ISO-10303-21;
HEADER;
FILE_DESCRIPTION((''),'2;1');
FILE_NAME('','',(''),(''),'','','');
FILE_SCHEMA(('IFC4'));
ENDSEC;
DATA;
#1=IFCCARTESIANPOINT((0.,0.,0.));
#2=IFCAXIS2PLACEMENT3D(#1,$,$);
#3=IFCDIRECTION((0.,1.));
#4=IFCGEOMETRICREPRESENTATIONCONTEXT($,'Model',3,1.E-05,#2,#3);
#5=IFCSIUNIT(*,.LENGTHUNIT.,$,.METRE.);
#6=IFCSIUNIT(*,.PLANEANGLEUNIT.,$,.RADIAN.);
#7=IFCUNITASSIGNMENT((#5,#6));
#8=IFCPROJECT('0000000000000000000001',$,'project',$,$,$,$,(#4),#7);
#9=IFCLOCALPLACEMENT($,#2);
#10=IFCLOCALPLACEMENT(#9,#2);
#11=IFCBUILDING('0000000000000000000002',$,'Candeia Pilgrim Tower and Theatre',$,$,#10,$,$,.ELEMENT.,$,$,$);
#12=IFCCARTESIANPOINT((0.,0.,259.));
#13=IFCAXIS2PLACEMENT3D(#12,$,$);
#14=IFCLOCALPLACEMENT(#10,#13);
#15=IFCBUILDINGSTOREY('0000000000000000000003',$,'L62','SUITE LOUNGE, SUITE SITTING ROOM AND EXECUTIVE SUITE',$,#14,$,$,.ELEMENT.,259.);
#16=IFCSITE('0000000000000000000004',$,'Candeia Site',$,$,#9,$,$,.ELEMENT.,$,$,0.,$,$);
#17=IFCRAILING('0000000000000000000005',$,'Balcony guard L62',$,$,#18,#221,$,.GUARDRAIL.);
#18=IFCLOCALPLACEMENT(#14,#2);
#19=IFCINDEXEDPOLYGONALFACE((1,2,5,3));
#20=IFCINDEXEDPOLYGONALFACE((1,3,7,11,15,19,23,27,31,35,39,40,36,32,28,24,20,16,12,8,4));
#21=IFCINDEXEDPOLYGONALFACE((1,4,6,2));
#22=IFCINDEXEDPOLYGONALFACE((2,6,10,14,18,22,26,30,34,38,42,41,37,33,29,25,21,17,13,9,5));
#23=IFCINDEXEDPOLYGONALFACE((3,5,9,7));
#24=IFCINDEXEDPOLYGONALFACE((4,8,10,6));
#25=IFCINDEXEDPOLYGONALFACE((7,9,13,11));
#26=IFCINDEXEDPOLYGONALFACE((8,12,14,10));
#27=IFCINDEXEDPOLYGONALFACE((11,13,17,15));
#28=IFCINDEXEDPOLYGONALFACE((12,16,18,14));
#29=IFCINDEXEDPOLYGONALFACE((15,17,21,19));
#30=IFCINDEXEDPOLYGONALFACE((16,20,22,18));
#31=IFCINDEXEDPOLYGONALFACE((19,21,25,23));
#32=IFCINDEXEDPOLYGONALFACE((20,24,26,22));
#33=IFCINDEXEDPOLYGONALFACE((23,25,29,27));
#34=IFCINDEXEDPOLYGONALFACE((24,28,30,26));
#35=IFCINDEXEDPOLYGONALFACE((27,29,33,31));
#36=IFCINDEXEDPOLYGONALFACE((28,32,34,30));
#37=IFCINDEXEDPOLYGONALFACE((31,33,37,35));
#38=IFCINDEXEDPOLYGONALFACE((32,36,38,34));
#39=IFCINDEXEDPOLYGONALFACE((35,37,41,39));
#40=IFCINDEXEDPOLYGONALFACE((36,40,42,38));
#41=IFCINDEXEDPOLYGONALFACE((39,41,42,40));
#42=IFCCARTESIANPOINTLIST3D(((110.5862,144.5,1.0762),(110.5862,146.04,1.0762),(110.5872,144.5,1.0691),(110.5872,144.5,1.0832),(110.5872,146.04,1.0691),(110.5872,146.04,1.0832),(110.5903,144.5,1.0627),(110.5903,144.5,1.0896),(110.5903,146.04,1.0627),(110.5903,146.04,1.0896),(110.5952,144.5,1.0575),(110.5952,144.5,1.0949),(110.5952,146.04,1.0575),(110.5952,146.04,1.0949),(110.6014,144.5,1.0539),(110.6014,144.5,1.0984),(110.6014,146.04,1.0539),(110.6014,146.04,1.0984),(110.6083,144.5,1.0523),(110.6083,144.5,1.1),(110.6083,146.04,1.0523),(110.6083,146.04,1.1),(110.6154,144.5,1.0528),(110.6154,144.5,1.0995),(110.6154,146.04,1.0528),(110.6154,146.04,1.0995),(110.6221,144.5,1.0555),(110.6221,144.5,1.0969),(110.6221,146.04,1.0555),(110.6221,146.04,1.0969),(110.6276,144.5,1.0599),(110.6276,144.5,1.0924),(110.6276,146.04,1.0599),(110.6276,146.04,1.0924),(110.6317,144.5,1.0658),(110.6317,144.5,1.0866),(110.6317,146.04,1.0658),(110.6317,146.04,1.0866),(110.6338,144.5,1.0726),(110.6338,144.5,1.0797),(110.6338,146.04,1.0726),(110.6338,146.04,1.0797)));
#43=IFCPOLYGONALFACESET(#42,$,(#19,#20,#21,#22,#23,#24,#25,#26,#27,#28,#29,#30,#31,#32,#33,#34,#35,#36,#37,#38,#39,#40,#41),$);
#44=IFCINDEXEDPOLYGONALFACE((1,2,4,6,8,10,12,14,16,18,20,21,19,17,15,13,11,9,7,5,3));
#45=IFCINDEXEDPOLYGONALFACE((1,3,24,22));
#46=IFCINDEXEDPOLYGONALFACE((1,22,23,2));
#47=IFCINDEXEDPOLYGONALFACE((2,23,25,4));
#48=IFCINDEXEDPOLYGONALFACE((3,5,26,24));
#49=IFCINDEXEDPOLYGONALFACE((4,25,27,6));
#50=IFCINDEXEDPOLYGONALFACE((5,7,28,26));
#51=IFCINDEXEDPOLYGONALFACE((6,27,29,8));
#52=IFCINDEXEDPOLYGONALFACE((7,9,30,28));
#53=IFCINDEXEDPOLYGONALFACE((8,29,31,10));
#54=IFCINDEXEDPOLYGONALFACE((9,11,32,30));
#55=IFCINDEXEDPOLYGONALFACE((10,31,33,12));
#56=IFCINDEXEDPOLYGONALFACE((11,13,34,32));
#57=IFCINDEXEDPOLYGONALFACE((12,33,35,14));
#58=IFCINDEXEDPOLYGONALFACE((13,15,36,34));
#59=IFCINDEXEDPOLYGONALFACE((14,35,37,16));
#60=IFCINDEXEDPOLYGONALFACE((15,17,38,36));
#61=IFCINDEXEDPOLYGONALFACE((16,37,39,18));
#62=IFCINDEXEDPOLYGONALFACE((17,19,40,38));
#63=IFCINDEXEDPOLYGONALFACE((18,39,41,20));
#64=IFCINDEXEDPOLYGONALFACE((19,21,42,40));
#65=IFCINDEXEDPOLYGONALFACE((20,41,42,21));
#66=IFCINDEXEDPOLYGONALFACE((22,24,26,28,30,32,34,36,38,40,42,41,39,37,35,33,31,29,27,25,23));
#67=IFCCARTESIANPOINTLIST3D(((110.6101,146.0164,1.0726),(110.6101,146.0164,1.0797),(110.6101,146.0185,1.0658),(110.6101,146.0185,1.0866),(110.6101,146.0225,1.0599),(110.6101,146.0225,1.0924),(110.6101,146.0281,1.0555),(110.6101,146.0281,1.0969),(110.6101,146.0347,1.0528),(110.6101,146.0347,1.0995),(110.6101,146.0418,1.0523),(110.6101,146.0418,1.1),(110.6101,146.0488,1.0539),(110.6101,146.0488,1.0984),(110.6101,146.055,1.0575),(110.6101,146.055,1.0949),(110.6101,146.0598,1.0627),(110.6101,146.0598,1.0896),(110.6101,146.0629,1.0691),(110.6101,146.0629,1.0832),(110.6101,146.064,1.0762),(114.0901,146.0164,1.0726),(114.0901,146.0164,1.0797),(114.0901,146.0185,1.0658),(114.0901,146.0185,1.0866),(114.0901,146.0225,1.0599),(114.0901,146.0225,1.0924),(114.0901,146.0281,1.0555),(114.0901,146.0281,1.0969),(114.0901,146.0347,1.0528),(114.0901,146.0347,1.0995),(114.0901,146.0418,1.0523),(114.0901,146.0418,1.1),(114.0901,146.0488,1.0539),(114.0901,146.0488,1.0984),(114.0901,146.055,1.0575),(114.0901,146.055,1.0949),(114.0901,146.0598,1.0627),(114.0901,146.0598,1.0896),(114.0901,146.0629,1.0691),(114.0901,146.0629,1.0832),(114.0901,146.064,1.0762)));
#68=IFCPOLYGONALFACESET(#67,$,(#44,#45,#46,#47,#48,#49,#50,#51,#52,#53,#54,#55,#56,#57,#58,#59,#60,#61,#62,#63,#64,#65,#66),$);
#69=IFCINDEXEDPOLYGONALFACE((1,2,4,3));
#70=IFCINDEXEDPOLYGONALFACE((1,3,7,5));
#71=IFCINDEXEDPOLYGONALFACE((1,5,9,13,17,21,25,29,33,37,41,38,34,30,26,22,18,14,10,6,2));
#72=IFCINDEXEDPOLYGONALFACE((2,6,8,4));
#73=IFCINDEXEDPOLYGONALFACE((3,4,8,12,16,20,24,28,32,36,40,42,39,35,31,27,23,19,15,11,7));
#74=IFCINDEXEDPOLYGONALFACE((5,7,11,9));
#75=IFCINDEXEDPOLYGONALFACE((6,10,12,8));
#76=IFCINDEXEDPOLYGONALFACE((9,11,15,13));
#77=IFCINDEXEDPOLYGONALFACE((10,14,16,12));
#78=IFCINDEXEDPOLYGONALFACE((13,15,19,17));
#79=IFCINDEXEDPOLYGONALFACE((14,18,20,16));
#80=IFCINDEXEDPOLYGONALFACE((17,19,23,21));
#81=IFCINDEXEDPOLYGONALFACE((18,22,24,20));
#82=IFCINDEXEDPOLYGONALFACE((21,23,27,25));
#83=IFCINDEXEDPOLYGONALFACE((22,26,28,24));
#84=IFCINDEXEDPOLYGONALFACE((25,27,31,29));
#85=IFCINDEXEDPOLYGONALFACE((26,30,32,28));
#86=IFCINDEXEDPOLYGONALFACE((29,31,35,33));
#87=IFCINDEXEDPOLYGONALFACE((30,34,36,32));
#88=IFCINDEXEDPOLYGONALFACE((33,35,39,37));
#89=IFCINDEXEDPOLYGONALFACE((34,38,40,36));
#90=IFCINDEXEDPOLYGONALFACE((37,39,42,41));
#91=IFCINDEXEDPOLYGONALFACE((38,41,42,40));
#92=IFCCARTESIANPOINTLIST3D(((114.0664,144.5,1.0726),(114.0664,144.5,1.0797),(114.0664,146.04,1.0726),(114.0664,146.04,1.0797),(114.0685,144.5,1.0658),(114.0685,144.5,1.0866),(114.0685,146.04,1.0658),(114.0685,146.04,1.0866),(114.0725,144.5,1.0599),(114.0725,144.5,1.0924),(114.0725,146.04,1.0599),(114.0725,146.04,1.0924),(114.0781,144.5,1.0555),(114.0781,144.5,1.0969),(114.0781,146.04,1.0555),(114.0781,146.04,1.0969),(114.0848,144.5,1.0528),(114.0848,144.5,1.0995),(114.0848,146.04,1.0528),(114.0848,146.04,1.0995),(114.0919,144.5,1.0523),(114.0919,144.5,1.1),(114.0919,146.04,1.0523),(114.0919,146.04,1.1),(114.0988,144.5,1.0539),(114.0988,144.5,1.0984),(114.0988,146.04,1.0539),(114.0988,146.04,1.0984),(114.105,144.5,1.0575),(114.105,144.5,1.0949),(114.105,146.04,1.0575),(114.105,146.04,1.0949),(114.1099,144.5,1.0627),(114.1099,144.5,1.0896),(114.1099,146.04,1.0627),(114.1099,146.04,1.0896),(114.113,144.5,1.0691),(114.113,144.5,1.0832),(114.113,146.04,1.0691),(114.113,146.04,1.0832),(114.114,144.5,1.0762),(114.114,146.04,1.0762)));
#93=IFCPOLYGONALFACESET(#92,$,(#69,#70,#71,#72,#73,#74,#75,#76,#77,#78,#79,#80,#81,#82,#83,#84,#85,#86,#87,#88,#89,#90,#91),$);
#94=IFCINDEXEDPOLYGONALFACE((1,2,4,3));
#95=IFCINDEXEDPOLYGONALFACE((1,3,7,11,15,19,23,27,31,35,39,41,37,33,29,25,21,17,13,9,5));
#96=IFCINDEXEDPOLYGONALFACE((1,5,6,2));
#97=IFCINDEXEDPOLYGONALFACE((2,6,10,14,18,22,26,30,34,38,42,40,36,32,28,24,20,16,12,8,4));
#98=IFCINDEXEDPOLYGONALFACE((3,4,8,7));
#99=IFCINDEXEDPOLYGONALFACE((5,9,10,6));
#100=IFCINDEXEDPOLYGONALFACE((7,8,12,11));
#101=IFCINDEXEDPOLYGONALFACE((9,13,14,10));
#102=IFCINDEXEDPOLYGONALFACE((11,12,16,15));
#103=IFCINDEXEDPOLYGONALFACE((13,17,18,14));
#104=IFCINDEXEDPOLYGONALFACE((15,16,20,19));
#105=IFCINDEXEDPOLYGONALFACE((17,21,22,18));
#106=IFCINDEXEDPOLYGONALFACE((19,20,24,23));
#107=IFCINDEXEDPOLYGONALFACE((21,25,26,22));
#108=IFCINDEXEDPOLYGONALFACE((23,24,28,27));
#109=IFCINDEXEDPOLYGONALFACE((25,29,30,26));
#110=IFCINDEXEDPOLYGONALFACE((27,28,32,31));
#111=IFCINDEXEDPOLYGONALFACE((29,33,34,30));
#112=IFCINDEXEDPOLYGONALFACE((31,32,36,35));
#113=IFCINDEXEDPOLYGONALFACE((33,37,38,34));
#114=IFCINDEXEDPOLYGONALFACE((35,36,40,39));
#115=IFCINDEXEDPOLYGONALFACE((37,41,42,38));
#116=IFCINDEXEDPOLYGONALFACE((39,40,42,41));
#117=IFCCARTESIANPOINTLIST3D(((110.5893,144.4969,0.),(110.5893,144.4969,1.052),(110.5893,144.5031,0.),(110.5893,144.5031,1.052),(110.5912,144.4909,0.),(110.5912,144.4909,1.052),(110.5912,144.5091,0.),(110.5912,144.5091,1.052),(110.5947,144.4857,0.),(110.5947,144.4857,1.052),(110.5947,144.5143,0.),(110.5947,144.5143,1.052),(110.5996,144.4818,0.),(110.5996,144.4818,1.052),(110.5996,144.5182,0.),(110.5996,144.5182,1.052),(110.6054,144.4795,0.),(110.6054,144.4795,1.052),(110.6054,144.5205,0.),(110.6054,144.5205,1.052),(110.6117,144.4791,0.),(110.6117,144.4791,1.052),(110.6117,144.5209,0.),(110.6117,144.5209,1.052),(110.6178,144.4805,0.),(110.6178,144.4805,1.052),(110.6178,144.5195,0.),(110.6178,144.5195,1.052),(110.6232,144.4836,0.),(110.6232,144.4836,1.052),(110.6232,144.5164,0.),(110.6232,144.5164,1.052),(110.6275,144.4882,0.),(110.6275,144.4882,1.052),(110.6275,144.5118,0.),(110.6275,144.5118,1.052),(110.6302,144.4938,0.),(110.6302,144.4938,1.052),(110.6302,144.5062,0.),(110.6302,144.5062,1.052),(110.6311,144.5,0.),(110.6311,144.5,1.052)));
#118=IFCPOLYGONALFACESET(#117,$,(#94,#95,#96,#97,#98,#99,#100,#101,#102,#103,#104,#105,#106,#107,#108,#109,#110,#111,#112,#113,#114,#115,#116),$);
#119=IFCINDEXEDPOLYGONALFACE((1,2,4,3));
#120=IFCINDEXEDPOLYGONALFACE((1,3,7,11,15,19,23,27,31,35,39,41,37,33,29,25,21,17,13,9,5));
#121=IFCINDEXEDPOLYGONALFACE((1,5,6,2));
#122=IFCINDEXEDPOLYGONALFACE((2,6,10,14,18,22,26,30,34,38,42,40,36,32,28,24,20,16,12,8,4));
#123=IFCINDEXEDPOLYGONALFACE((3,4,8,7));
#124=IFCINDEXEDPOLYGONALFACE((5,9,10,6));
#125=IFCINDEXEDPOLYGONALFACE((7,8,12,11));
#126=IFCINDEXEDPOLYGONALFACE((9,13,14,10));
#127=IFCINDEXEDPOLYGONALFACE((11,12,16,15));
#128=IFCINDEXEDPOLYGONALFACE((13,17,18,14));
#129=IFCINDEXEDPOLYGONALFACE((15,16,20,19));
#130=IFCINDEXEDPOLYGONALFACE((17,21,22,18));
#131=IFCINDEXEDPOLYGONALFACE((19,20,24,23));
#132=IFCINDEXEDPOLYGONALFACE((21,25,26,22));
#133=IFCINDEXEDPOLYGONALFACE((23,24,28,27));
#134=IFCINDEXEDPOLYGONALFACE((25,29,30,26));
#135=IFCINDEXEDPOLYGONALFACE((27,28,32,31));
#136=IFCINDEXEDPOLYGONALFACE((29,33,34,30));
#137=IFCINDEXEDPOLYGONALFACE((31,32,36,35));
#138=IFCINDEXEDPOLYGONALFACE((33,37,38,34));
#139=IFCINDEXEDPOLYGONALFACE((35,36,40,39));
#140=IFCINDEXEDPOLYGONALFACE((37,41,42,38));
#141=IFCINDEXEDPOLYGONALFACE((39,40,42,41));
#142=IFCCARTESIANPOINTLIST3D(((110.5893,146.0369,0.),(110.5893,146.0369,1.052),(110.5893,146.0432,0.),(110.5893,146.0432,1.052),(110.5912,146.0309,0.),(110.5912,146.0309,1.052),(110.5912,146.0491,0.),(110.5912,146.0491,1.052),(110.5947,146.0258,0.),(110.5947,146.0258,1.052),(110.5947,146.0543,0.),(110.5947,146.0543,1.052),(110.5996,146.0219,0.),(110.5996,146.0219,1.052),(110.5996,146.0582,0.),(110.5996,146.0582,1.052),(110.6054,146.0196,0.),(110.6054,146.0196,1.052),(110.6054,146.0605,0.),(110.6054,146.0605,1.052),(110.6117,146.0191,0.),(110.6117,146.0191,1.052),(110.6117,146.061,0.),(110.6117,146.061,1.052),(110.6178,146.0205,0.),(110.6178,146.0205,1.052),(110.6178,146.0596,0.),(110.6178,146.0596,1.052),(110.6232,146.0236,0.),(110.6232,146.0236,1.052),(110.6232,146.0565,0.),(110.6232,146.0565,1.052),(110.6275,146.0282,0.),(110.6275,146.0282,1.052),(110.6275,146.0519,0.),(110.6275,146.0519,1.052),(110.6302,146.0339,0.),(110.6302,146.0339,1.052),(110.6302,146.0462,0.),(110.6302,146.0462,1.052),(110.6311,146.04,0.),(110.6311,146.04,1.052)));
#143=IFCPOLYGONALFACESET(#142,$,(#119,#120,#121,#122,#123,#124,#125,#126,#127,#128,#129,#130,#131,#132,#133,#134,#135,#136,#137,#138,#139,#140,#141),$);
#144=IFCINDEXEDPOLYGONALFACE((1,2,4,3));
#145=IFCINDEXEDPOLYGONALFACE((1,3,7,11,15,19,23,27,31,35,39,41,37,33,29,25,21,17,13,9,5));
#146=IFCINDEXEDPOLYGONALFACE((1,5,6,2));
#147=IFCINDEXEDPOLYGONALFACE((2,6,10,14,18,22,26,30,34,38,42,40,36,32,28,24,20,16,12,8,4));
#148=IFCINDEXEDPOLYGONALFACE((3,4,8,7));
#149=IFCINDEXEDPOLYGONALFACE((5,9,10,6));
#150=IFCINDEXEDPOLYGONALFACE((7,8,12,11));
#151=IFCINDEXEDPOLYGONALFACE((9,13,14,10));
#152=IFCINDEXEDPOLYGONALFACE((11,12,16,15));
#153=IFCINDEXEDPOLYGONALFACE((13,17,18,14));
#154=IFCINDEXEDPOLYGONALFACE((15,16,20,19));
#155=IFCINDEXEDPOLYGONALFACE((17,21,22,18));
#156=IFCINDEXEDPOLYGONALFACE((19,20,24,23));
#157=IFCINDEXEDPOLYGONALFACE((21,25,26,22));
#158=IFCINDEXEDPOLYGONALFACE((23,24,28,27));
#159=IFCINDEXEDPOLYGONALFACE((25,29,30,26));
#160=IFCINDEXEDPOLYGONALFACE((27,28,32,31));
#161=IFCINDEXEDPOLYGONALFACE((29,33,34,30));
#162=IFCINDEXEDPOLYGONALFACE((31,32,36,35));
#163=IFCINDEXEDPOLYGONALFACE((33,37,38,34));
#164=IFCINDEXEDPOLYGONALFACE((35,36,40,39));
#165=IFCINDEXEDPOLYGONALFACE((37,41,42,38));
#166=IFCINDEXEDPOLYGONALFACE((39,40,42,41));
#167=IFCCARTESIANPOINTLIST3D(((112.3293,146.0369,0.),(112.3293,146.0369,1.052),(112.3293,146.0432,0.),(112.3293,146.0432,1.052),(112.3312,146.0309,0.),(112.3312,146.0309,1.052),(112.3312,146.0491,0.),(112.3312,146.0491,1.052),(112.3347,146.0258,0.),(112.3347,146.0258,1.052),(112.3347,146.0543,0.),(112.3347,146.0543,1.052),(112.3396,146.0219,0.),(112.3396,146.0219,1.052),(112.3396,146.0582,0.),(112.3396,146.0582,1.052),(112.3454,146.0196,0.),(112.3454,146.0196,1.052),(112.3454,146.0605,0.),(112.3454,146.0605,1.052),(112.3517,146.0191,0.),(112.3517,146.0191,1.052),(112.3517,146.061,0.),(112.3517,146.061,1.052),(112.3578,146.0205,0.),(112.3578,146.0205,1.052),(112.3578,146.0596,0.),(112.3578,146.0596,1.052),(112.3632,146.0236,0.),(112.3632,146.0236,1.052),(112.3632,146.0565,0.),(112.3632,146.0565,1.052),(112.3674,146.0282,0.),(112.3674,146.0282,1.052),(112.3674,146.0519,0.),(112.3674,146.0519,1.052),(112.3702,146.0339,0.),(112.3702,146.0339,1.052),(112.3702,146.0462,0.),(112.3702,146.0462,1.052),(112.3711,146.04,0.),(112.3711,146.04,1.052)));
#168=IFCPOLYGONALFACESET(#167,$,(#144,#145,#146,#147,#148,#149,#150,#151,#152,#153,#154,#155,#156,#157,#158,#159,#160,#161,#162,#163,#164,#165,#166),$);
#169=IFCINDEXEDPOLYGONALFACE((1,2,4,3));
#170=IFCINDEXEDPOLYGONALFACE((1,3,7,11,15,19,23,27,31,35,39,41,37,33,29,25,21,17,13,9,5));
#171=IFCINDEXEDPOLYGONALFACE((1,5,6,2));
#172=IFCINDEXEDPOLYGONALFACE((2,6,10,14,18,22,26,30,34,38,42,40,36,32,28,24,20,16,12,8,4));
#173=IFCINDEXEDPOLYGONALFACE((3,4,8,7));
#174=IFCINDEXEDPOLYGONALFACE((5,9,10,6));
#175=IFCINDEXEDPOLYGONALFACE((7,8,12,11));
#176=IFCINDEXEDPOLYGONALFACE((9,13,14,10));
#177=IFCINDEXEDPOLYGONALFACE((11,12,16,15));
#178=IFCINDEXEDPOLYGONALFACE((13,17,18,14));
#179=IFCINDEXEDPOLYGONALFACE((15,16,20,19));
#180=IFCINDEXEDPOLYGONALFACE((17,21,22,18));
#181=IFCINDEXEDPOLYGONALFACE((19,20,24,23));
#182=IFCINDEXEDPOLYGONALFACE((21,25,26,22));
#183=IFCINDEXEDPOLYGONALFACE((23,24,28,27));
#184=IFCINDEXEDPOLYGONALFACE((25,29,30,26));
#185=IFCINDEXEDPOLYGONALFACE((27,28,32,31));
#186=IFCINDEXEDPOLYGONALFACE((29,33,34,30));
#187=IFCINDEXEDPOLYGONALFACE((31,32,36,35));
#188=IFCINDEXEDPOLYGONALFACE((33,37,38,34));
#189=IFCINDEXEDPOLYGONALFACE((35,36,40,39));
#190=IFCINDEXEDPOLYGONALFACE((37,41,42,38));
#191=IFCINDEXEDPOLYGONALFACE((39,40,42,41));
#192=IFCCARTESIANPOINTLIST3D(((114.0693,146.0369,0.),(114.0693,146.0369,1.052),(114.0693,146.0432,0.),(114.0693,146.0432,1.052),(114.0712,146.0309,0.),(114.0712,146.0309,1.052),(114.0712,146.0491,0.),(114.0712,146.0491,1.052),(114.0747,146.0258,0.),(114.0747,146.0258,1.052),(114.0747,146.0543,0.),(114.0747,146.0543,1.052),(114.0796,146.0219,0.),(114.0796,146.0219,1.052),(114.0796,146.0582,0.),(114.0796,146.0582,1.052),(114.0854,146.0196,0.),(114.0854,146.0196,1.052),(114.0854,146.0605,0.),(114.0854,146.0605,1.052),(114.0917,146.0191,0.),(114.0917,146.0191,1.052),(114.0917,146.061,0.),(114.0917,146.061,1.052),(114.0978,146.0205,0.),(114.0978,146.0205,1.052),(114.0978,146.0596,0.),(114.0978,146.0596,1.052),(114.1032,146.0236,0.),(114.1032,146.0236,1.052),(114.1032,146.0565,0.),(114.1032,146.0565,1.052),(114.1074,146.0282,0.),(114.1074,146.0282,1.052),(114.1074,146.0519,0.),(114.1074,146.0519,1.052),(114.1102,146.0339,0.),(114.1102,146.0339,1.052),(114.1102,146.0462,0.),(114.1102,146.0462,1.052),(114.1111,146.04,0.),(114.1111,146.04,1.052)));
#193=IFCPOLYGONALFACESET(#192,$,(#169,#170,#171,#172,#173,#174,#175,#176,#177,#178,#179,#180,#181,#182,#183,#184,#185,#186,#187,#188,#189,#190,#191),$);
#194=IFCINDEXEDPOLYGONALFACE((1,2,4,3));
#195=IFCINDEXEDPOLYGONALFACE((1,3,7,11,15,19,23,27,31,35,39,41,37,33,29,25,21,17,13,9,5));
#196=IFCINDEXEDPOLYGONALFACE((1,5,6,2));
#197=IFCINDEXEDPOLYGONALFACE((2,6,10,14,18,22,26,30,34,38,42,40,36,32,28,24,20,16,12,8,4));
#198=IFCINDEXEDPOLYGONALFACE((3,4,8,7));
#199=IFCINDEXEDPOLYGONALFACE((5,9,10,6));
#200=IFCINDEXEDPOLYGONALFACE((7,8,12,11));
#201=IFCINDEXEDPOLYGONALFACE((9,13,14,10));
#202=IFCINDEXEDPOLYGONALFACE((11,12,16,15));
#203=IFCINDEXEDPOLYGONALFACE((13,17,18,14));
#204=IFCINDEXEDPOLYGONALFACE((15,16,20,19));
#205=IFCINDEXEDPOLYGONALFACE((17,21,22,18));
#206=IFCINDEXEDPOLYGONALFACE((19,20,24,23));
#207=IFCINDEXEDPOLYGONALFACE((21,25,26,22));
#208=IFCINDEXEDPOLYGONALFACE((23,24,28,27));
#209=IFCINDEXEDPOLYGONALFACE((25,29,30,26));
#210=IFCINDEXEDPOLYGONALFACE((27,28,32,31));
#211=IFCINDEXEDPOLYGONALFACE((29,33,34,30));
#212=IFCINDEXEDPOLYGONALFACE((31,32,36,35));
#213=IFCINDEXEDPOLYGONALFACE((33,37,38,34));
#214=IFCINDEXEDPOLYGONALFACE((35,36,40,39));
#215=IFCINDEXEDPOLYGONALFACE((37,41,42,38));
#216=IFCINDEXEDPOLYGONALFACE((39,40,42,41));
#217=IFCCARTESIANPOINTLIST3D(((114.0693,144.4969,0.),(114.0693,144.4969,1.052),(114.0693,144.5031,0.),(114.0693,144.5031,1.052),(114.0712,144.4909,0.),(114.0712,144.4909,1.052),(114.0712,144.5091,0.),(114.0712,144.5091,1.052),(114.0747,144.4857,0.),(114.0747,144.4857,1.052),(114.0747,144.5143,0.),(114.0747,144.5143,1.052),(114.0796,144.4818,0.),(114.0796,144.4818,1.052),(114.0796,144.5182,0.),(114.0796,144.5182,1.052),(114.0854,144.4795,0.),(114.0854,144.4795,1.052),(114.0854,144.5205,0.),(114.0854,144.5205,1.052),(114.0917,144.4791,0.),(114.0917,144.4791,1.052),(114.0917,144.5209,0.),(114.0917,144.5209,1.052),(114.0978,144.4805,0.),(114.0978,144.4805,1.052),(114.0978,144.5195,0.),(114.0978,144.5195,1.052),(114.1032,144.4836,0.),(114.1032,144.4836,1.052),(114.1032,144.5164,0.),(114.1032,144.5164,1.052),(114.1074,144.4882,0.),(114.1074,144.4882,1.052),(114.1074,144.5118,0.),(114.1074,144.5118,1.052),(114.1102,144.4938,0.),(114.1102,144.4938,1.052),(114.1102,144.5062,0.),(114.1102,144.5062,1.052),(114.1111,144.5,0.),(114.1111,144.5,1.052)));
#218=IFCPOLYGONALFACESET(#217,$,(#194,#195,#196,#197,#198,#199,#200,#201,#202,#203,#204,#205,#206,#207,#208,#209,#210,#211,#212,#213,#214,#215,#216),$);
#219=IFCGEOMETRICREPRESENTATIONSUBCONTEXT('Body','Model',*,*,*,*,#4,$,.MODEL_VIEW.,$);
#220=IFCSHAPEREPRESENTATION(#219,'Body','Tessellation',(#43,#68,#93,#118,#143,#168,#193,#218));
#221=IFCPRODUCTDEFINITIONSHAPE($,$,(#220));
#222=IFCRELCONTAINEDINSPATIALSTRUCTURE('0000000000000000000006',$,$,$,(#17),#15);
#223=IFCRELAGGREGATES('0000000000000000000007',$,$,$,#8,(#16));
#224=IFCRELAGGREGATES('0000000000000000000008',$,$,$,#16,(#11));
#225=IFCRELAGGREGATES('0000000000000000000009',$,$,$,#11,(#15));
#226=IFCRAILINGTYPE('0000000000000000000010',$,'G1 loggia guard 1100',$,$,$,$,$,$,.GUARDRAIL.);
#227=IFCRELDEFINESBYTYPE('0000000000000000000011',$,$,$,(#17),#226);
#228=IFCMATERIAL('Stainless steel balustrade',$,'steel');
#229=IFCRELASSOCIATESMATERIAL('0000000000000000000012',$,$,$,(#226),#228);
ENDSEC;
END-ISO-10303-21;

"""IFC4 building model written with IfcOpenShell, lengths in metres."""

from ifc_helpers import new_model, si_unit, direction, frame, origin, origin_2d, place, context, subcontext, project, spatial, circle, extrude, material, type_object, element, save


model = new_model("IFC4")

# Units and contexts
model_context = context("Model", 3, precision=1e-05, world=origin(), true_north=direction((0.0, 1.0)))
body_context = subcontext(model_context, "Body", "Model", "MODEL_VIEW")
ifc_project = project(units=[si_unit("LENGTHUNIT", "METRE"), si_unit("PLANEANGLEUNIT", "RADIAN")], contexts=[model_context])

# Site, building, storey
site_placement = place(None, origin())
site = spatial("IfcSite", under=ifc_project, at=site_placement, Name="Candeia Site", CompositionType="ELEMENT", RefElevation=0.0)
building_placement = place(site_placement, origin())
building = spatial("IfcBuilding", under=site, at=building_placement, Name="Candeia Pilgrim Tower and Theatre", CompositionType="ELEMENT")
storey_placement = place(building_placement, frame((0.0, 0.0, 259.0)))
storey = spatial("IfcBuildingStorey", under=building, at=storey_placement, Name="L62", Description="SUITE LOUNGE, SUITE SITTING ROOM AND EXECUTIVE SUITE", CompositionType="ELEMENT", Elevation=259.0)

# Railing
ifc_material_1 = material(Name="Stainless steel balustrade", Category="steel")
railing_type = type_object("IfcRailingType", Name="G1 loggia guard 1100", PredefinedType="GUARDRAIL", material=ifc_material_1)
railing_1_placement = place(storey_placement, frame((110.6101, 144.5, 0.0)))
element("IfcRailing", 1, at=railing_1_placement, inside=storey, type_object=railing_type, Name="Balcony guard L62", PredefinedType="GUARDRAIL", context=body_context, shape_type="SweptSolid", body=[
    extrude(circle(Radius=0.0239, at=origin_2d()), frame((0.0, 0.0, 1.0762), z_axis=(0.0, 1.0, 0.0), x_axis=(-1.0, 0.0, 0.0)), (0.0, 0.0, 1.0), 1.54),
    extrude(circle(Radius=0.0239, at=origin_2d()), frame((0.0, 1.54, 1.0762), z_axis=(1.0, 0.0, 0.0), x_axis=(0.0, 1.0, 0.0)), (0.0, 0.0, 1.0), 3.48),
    extrude(circle(Radius=0.0239, at=origin_2d()), frame((3.48, 1.54, 1.0762), z_axis=(0.0, -1.0, 0.0), x_axis=(1.0, 0.0, 0.0)), (0.0, 0.0, 1.0), 1.54),
    extrude(circle(Radius=0.021, at=origin_2d()), origin(), (0.0, 0.0, 1.0), 1.052),
    extrude(circle(Radius=0.021, at=origin_2d()), frame((0.0, 1.54, 0.0)), (0.0, 0.0, 1.0), 1.052),
    extrude(circle(Radius=0.021, at=origin_2d()), frame((1.74, 1.54, 0.0)), (0.0, 0.0, 1.0), 1.052),
    extrude(circle(Radius=0.021, at=origin_2d()), frame((3.48, 1.54, 0.0)), (0.0, 0.0, 1.0), 1.052),
    extrude(circle(Radius=0.021, at=origin_2d()), frame((3.48, 0.0, 0.0)), (0.0, 0.0, 1.0), 1.052),
])

save(model, "model.ifc")
